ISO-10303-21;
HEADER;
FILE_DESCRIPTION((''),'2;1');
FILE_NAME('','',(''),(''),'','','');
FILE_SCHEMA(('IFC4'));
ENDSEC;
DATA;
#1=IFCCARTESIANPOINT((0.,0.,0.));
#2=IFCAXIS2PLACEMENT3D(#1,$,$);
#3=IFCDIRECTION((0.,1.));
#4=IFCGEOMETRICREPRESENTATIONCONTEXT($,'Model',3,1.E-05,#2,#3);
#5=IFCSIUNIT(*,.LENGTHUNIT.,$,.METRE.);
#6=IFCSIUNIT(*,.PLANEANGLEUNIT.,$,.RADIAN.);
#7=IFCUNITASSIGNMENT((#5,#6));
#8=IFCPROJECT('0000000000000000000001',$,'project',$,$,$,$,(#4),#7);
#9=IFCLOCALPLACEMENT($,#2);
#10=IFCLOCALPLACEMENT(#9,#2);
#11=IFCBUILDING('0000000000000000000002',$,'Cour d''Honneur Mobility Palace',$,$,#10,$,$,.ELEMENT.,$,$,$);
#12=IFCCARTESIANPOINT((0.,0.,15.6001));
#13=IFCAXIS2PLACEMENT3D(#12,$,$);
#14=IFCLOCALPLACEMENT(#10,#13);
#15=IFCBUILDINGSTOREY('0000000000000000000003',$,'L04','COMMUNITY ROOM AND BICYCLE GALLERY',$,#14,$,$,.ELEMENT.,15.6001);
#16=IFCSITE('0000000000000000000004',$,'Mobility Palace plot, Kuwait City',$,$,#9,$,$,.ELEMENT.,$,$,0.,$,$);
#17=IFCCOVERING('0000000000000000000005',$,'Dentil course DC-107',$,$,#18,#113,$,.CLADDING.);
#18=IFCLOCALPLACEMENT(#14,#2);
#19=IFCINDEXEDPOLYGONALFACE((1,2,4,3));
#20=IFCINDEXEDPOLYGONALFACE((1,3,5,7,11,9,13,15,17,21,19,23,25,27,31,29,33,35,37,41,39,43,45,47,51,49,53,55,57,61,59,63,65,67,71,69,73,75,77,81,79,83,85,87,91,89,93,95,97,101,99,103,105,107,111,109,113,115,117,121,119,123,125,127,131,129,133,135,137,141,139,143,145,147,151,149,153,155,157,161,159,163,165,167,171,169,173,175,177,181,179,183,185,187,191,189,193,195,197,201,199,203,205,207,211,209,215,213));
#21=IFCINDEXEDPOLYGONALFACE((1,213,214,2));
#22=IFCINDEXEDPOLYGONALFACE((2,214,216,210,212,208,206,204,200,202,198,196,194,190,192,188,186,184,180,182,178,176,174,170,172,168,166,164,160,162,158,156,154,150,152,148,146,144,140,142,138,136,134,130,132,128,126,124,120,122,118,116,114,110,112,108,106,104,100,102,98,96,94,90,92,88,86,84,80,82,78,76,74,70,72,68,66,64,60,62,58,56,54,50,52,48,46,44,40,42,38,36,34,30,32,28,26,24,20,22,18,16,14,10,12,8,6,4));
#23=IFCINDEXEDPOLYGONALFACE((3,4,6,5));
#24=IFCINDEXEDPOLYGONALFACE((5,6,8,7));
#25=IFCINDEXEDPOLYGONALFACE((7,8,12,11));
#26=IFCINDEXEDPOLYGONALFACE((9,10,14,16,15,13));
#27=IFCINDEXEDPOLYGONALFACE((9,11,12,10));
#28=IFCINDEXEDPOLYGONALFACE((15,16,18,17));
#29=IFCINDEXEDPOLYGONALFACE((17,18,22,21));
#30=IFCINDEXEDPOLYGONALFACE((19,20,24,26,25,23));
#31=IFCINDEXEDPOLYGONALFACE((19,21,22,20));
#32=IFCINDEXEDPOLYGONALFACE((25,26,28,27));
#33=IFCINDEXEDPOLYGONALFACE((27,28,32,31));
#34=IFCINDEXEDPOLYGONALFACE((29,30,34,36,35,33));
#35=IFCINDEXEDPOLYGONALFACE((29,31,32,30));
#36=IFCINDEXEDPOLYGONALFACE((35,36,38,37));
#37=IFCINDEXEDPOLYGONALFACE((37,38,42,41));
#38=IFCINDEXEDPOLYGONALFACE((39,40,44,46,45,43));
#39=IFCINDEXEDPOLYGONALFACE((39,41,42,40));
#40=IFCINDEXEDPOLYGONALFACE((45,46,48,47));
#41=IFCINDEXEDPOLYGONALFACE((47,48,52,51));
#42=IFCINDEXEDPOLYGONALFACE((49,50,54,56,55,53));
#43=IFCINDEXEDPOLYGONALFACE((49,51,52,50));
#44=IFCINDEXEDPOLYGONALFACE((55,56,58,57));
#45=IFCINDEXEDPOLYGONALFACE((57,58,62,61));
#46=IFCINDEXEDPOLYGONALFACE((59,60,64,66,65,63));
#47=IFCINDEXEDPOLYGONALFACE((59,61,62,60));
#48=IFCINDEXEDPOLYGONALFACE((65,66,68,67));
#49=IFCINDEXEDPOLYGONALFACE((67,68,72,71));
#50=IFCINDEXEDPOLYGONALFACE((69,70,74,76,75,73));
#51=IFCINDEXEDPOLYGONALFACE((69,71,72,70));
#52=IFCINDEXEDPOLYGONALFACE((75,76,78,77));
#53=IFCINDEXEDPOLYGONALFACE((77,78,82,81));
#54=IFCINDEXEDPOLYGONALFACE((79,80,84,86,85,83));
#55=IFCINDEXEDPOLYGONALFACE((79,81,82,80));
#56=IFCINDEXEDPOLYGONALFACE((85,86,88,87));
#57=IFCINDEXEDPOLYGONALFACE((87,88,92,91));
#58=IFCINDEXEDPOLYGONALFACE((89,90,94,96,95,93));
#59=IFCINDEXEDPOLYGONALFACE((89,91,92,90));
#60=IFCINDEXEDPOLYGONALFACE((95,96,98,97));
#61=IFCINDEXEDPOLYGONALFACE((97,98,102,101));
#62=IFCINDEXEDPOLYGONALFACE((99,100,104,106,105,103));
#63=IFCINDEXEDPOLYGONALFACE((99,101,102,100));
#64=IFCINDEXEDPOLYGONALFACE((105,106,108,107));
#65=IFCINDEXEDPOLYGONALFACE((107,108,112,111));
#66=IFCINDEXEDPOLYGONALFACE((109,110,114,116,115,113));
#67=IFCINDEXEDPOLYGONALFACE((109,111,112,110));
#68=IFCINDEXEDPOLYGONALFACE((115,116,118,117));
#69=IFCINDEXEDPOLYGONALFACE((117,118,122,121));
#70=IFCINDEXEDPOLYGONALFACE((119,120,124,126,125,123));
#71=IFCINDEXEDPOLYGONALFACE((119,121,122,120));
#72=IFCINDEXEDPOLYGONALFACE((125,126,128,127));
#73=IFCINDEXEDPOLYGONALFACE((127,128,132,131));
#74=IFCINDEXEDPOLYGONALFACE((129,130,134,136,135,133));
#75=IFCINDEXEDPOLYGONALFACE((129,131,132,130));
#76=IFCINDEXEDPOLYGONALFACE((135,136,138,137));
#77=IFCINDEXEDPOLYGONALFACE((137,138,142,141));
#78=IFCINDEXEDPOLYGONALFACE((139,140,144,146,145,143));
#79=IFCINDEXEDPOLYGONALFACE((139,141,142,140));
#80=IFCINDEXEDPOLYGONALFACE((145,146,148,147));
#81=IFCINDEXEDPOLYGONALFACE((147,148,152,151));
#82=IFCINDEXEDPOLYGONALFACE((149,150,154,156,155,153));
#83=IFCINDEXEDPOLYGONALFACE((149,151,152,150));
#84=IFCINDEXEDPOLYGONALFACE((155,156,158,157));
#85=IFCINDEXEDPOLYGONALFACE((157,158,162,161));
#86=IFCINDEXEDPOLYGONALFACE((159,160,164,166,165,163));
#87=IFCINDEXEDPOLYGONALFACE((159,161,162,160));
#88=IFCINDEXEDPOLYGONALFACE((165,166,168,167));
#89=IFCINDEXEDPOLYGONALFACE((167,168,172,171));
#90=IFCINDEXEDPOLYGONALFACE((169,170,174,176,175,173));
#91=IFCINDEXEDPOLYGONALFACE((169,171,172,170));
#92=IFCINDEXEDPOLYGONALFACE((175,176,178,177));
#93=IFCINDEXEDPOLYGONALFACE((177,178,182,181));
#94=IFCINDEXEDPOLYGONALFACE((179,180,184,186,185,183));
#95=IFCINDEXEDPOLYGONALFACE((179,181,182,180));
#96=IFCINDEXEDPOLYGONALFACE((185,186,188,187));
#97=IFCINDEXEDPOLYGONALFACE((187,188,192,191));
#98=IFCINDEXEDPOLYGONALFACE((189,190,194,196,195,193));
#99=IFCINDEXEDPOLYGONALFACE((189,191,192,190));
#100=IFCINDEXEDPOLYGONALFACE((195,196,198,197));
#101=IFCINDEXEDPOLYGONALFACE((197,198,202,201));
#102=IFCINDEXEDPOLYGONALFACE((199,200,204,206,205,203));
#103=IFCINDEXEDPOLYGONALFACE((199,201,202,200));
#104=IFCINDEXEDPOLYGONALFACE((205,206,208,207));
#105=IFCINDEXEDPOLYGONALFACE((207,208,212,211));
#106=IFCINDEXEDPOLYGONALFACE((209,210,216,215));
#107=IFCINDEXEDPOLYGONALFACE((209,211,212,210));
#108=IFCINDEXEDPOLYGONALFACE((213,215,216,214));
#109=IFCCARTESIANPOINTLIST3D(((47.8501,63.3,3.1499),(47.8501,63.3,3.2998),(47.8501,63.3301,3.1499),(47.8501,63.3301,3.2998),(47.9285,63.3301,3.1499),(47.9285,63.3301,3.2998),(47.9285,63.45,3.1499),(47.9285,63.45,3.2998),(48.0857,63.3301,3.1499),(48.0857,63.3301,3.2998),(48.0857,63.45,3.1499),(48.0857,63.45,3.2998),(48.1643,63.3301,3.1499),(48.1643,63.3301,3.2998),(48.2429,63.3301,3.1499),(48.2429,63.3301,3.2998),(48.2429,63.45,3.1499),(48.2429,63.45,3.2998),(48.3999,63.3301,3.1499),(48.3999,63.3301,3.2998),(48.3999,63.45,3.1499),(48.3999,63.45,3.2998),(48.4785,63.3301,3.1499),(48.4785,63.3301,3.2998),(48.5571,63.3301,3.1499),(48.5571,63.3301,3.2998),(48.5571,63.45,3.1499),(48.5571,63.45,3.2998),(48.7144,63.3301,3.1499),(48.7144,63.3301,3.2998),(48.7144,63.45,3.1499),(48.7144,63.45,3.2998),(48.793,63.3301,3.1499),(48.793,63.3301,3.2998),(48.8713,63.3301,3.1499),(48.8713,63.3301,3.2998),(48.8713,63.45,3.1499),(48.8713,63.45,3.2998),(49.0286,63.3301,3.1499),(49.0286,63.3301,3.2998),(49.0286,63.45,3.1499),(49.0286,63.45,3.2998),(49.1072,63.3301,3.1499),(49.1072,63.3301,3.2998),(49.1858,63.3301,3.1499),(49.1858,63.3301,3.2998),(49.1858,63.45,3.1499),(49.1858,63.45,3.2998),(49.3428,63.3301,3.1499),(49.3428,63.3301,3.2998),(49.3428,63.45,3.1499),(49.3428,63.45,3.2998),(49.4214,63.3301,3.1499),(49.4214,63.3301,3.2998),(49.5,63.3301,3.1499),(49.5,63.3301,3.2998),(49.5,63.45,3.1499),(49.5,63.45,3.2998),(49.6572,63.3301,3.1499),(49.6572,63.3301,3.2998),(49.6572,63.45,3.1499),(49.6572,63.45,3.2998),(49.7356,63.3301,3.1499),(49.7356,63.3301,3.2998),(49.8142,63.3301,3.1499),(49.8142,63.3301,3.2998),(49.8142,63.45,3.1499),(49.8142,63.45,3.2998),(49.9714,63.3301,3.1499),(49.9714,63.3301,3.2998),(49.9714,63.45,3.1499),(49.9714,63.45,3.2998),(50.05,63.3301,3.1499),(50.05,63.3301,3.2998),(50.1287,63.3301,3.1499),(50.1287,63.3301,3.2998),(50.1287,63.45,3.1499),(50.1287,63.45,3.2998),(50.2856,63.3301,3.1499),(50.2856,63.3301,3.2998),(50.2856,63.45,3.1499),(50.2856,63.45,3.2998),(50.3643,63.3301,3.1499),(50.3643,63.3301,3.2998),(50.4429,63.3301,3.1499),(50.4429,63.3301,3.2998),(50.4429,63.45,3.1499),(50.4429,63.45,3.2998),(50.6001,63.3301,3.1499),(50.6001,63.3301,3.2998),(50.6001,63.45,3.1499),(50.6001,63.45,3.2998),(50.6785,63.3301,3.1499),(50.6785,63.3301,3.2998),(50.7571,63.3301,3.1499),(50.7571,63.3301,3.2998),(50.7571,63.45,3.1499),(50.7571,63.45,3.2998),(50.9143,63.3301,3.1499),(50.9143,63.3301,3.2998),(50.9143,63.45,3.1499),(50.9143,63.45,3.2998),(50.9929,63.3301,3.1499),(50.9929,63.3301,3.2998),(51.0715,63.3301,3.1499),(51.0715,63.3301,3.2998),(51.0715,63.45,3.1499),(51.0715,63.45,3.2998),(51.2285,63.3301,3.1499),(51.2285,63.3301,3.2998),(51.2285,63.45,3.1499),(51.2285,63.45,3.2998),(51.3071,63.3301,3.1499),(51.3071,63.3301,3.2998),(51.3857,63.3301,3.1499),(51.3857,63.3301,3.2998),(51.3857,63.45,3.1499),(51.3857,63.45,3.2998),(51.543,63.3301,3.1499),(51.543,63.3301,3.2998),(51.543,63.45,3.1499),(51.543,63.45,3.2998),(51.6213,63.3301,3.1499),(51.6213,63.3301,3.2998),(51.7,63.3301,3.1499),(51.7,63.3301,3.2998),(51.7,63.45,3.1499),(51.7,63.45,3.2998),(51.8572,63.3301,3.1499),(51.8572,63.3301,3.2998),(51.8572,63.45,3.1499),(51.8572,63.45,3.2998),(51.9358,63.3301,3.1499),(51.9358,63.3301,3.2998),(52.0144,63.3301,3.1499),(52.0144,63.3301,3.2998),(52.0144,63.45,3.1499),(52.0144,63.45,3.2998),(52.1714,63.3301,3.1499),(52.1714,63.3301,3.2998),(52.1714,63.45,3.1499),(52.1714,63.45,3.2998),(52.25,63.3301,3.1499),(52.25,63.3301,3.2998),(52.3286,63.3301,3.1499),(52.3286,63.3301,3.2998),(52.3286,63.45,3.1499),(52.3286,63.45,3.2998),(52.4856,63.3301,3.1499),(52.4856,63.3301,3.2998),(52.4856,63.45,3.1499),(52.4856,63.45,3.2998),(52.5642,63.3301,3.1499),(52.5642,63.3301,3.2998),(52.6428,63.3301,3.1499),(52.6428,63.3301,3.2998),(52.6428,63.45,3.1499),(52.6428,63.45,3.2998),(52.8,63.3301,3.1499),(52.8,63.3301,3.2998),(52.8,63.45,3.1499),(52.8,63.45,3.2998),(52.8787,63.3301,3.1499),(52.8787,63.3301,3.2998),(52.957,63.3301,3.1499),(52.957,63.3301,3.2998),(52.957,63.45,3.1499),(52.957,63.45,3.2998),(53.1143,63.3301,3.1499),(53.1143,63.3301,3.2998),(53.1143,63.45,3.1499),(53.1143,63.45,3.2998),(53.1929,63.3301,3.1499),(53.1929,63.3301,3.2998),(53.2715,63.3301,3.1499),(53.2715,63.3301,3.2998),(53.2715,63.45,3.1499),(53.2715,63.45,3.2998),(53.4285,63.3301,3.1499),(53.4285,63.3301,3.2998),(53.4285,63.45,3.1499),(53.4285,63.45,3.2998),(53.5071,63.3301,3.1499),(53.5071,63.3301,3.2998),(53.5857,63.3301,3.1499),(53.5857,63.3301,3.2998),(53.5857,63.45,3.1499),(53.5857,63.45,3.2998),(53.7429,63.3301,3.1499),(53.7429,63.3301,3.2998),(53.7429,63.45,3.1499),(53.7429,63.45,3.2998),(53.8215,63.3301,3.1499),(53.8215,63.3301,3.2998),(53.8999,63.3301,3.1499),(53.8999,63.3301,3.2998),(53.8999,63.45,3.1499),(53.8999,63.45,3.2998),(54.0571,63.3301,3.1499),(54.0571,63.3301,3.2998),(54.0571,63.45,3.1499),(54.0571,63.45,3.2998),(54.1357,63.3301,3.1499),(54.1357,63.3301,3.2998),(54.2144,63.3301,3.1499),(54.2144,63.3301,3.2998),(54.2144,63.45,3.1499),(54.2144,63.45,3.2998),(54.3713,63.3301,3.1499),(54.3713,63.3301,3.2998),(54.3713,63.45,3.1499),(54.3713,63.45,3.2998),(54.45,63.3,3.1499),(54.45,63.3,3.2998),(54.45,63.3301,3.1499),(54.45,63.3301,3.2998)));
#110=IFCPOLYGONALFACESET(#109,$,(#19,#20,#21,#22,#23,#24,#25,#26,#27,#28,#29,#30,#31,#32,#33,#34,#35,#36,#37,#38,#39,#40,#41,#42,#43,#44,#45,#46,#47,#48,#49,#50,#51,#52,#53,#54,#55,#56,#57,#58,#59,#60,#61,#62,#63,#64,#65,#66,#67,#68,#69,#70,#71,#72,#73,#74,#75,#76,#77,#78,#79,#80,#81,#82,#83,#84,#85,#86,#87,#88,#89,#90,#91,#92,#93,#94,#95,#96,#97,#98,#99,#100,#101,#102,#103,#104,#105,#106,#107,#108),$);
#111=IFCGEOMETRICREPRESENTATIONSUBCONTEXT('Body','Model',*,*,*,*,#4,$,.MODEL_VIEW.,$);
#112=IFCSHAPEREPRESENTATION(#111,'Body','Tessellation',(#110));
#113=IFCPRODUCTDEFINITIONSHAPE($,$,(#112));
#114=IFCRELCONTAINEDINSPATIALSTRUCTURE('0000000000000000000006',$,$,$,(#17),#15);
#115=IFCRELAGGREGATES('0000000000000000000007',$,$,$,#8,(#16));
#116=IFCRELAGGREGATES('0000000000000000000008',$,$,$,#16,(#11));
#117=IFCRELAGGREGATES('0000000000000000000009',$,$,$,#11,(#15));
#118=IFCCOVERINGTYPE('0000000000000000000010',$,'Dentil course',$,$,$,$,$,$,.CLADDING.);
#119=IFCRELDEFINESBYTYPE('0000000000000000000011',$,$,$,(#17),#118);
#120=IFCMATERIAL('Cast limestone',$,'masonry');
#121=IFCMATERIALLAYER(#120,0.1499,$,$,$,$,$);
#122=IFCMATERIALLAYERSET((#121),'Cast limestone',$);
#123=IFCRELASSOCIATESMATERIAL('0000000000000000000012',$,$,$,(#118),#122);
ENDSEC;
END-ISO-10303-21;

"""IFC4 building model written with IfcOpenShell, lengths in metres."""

from ifc_helpers import new_model, si_unit, direction, frame, origin, place, context, subcontext, project, spatial, polyline, outline, extrude, material, layer, layer_set, type_object, element, save


model = new_model("IFC4")

# Units and contexts
model_context = context("Model", 3, precision=1e-05, world=origin(), true_north=direction((0.0, 1.0)))
body_context = subcontext(model_context, "Body", "Model", "MODEL_VIEW")
ifc_project = project(units=[si_unit("LENGTHUNIT", "METRE"), si_unit("PLANEANGLEUNIT", "RADIAN")], contexts=[model_context])

# Site, building, storey
site_placement = place(None, origin())
site = spatial("IfcSite", under=ifc_project, at=site_placement, Name="Mobility Palace plot, Kuwait City", CompositionType="ELEMENT", RefElevation=0.0)
building_placement = place(site_placement, origin())
building = spatial("IfcBuilding", under=site, at=building_placement, Name="Cour d'Honneur Mobility Palace", CompositionType="ELEMENT")
storey_placement = place(building_placement, frame((0.0, 0.0, 15.6001)))
storey = spatial("IfcBuildingStorey", under=building, at=storey_placement, Name="L04", Description="COMMUNITY ROOM AND BICYCLE GALLERY", CompositionType="ELEMENT", Elevation=15.6001)

# Covering
ifc_material = material(Name="Cast limestone", Category="masonry")
ifc_layer = layer(ifc_material, 0.1499)
ifc_layer_set = layer_set([ifc_layer], Name="Cast limestone")
covering_type = type_object("IfcCoveringType", Name="Dentil course", PredefinedType="CLADDING", material=ifc_layer_set)
covering_1_placement = place(storey_placement, frame((0.0, 0.0, 3.1499)))
element("IfcCovering", 1, at=covering_1_placement, inside=storey, type_object=covering_type, Name="Dentil course DC-107", PredefinedType="CLADDING", context=body_context, shape_type="SweptSolid", body=[
    extrude(outline(polyline([(54.45, 63.3), (47.8501, 63.3), (47.8501, 63.3301), (47.8501, 63.3301), (47.9285, 63.3301), (47.9285, 63.45), (48.0857, 63.45), (48.0857, 63.3301), (48.1643, 63.3301), (48.1643, 63.3301), (48.2429, 63.3301), (48.2429, 63.45), (48.3999, 63.45), (48.3999, 63.3301), (48.4785, 63.3301), (48.4785, 63.3301), (48.5571, 63.3301), (48.5571, 63.45), (48.7144, 63.45), (48.7144, 63.3301), (48.793, 63.3301), (48.793, 63.3301), (48.8713, 63.3301), (48.8713, 63.45), (49.0286, 63.45), (49.0286, 63.3301), (49.1072, 63.3301), (49.1072, 63.3301), (49.1858, 63.3301), (49.1858, 63.45), (49.3428, 63.45), (49.3428, 63.3301), (49.4214, 63.3301), (49.4214, 63.3301), (49.5, 63.3301), (49.5, 63.45), (49.6572, 63.45), (49.6572, 63.3301), (49.7356, 63.3301), (49.7356, 63.3301), (49.8142, 63.3301), (49.8142, 63.45), (49.9714, 63.45), (49.9714, 63.3301), (50.05, 63.3301), (50.05, 63.3301), (50.1287, 63.3301), (50.1287, 63.45), (50.2856, 63.45), (50.2856, 63.3301), (50.3643, 63.3301), (50.3643, 63.3301), (50.4429, 63.3301), (50.4429, 63.45), (50.6001, 63.45), (50.6001, 63.3301), (50.6785, 63.3301), (50.6785, 63.3301), (50.7571, 63.3301), (50.7571, 63.45), (50.9143, 63.45), (50.9143, 63.3301), (50.9929, 63.3301), (50.9929, 63.3301), (51.0715, 63.3301), (51.0715, 63.45), (51.2285, 63.45), (51.2285, 63.3301), (51.3071, 63.3301), (51.3071, 63.3301), (51.3857, 63.3301), (51.3857, 63.45), (51.543, 63.45), (51.543, 63.3301), (51.6213, 63.3301), (51.6213, 63.3301), (51.7, 63.3301), (51.7, 63.45), (51.8572, 63.45), (51.8572, 63.3301), (51.9358, 63.3301), (51.9358, 63.3301), (52.0144, 63.3301), (52.0144, 63.45), (52.1714, 63.45), (52.1714, 63.3301), (52.25, 63.3301), (52.25, 63.3301), (52.3286, 63.3301), (52.3286, 63.45), (52.4856, 63.45), (52.4856, 63.3301), (52.5642, 63.3301), (52.5642, 63.3301), (52.6428, 63.3301), (52.6428, 63.45), (52.8, 63.45), (52.8, 63.3301), (52.8787, 63.3301), (52.8787, 63.3301), (52.957, 63.3301), (52.957, 63.45), (53.1143, 63.45), (53.1143, 63.3301), (53.1929, 63.3301), (53.1929, 63.3301), (53.2715, 63.3301), (53.2715, 63.45), (53.4285, 63.45), (53.4285, 63.3301), (53.5071, 63.3301), (53.5071, 63.3301), (53.5857, 63.3301), (53.5857, 63.45), (53.7429, 63.45), (53.7429, 63.3301), (53.8215, 63.3301), (53.8215, 63.3301), (53.8999, 63.3301), (53.8999, 63.45), (54.0571, 63.45), (54.0571, 63.3301), (54.1357, 63.3301), (54.1357, 63.3301), (54.2144, 63.3301), (54.2144, 63.45), (54.3713, 63.45), (54.3713, 63.3301), (54.45, 63.3301), (54.45, 63.3)])), origin(), (0.0, 0.0, 1.0), 0.1499),
])

save(model, "model.ifc")
